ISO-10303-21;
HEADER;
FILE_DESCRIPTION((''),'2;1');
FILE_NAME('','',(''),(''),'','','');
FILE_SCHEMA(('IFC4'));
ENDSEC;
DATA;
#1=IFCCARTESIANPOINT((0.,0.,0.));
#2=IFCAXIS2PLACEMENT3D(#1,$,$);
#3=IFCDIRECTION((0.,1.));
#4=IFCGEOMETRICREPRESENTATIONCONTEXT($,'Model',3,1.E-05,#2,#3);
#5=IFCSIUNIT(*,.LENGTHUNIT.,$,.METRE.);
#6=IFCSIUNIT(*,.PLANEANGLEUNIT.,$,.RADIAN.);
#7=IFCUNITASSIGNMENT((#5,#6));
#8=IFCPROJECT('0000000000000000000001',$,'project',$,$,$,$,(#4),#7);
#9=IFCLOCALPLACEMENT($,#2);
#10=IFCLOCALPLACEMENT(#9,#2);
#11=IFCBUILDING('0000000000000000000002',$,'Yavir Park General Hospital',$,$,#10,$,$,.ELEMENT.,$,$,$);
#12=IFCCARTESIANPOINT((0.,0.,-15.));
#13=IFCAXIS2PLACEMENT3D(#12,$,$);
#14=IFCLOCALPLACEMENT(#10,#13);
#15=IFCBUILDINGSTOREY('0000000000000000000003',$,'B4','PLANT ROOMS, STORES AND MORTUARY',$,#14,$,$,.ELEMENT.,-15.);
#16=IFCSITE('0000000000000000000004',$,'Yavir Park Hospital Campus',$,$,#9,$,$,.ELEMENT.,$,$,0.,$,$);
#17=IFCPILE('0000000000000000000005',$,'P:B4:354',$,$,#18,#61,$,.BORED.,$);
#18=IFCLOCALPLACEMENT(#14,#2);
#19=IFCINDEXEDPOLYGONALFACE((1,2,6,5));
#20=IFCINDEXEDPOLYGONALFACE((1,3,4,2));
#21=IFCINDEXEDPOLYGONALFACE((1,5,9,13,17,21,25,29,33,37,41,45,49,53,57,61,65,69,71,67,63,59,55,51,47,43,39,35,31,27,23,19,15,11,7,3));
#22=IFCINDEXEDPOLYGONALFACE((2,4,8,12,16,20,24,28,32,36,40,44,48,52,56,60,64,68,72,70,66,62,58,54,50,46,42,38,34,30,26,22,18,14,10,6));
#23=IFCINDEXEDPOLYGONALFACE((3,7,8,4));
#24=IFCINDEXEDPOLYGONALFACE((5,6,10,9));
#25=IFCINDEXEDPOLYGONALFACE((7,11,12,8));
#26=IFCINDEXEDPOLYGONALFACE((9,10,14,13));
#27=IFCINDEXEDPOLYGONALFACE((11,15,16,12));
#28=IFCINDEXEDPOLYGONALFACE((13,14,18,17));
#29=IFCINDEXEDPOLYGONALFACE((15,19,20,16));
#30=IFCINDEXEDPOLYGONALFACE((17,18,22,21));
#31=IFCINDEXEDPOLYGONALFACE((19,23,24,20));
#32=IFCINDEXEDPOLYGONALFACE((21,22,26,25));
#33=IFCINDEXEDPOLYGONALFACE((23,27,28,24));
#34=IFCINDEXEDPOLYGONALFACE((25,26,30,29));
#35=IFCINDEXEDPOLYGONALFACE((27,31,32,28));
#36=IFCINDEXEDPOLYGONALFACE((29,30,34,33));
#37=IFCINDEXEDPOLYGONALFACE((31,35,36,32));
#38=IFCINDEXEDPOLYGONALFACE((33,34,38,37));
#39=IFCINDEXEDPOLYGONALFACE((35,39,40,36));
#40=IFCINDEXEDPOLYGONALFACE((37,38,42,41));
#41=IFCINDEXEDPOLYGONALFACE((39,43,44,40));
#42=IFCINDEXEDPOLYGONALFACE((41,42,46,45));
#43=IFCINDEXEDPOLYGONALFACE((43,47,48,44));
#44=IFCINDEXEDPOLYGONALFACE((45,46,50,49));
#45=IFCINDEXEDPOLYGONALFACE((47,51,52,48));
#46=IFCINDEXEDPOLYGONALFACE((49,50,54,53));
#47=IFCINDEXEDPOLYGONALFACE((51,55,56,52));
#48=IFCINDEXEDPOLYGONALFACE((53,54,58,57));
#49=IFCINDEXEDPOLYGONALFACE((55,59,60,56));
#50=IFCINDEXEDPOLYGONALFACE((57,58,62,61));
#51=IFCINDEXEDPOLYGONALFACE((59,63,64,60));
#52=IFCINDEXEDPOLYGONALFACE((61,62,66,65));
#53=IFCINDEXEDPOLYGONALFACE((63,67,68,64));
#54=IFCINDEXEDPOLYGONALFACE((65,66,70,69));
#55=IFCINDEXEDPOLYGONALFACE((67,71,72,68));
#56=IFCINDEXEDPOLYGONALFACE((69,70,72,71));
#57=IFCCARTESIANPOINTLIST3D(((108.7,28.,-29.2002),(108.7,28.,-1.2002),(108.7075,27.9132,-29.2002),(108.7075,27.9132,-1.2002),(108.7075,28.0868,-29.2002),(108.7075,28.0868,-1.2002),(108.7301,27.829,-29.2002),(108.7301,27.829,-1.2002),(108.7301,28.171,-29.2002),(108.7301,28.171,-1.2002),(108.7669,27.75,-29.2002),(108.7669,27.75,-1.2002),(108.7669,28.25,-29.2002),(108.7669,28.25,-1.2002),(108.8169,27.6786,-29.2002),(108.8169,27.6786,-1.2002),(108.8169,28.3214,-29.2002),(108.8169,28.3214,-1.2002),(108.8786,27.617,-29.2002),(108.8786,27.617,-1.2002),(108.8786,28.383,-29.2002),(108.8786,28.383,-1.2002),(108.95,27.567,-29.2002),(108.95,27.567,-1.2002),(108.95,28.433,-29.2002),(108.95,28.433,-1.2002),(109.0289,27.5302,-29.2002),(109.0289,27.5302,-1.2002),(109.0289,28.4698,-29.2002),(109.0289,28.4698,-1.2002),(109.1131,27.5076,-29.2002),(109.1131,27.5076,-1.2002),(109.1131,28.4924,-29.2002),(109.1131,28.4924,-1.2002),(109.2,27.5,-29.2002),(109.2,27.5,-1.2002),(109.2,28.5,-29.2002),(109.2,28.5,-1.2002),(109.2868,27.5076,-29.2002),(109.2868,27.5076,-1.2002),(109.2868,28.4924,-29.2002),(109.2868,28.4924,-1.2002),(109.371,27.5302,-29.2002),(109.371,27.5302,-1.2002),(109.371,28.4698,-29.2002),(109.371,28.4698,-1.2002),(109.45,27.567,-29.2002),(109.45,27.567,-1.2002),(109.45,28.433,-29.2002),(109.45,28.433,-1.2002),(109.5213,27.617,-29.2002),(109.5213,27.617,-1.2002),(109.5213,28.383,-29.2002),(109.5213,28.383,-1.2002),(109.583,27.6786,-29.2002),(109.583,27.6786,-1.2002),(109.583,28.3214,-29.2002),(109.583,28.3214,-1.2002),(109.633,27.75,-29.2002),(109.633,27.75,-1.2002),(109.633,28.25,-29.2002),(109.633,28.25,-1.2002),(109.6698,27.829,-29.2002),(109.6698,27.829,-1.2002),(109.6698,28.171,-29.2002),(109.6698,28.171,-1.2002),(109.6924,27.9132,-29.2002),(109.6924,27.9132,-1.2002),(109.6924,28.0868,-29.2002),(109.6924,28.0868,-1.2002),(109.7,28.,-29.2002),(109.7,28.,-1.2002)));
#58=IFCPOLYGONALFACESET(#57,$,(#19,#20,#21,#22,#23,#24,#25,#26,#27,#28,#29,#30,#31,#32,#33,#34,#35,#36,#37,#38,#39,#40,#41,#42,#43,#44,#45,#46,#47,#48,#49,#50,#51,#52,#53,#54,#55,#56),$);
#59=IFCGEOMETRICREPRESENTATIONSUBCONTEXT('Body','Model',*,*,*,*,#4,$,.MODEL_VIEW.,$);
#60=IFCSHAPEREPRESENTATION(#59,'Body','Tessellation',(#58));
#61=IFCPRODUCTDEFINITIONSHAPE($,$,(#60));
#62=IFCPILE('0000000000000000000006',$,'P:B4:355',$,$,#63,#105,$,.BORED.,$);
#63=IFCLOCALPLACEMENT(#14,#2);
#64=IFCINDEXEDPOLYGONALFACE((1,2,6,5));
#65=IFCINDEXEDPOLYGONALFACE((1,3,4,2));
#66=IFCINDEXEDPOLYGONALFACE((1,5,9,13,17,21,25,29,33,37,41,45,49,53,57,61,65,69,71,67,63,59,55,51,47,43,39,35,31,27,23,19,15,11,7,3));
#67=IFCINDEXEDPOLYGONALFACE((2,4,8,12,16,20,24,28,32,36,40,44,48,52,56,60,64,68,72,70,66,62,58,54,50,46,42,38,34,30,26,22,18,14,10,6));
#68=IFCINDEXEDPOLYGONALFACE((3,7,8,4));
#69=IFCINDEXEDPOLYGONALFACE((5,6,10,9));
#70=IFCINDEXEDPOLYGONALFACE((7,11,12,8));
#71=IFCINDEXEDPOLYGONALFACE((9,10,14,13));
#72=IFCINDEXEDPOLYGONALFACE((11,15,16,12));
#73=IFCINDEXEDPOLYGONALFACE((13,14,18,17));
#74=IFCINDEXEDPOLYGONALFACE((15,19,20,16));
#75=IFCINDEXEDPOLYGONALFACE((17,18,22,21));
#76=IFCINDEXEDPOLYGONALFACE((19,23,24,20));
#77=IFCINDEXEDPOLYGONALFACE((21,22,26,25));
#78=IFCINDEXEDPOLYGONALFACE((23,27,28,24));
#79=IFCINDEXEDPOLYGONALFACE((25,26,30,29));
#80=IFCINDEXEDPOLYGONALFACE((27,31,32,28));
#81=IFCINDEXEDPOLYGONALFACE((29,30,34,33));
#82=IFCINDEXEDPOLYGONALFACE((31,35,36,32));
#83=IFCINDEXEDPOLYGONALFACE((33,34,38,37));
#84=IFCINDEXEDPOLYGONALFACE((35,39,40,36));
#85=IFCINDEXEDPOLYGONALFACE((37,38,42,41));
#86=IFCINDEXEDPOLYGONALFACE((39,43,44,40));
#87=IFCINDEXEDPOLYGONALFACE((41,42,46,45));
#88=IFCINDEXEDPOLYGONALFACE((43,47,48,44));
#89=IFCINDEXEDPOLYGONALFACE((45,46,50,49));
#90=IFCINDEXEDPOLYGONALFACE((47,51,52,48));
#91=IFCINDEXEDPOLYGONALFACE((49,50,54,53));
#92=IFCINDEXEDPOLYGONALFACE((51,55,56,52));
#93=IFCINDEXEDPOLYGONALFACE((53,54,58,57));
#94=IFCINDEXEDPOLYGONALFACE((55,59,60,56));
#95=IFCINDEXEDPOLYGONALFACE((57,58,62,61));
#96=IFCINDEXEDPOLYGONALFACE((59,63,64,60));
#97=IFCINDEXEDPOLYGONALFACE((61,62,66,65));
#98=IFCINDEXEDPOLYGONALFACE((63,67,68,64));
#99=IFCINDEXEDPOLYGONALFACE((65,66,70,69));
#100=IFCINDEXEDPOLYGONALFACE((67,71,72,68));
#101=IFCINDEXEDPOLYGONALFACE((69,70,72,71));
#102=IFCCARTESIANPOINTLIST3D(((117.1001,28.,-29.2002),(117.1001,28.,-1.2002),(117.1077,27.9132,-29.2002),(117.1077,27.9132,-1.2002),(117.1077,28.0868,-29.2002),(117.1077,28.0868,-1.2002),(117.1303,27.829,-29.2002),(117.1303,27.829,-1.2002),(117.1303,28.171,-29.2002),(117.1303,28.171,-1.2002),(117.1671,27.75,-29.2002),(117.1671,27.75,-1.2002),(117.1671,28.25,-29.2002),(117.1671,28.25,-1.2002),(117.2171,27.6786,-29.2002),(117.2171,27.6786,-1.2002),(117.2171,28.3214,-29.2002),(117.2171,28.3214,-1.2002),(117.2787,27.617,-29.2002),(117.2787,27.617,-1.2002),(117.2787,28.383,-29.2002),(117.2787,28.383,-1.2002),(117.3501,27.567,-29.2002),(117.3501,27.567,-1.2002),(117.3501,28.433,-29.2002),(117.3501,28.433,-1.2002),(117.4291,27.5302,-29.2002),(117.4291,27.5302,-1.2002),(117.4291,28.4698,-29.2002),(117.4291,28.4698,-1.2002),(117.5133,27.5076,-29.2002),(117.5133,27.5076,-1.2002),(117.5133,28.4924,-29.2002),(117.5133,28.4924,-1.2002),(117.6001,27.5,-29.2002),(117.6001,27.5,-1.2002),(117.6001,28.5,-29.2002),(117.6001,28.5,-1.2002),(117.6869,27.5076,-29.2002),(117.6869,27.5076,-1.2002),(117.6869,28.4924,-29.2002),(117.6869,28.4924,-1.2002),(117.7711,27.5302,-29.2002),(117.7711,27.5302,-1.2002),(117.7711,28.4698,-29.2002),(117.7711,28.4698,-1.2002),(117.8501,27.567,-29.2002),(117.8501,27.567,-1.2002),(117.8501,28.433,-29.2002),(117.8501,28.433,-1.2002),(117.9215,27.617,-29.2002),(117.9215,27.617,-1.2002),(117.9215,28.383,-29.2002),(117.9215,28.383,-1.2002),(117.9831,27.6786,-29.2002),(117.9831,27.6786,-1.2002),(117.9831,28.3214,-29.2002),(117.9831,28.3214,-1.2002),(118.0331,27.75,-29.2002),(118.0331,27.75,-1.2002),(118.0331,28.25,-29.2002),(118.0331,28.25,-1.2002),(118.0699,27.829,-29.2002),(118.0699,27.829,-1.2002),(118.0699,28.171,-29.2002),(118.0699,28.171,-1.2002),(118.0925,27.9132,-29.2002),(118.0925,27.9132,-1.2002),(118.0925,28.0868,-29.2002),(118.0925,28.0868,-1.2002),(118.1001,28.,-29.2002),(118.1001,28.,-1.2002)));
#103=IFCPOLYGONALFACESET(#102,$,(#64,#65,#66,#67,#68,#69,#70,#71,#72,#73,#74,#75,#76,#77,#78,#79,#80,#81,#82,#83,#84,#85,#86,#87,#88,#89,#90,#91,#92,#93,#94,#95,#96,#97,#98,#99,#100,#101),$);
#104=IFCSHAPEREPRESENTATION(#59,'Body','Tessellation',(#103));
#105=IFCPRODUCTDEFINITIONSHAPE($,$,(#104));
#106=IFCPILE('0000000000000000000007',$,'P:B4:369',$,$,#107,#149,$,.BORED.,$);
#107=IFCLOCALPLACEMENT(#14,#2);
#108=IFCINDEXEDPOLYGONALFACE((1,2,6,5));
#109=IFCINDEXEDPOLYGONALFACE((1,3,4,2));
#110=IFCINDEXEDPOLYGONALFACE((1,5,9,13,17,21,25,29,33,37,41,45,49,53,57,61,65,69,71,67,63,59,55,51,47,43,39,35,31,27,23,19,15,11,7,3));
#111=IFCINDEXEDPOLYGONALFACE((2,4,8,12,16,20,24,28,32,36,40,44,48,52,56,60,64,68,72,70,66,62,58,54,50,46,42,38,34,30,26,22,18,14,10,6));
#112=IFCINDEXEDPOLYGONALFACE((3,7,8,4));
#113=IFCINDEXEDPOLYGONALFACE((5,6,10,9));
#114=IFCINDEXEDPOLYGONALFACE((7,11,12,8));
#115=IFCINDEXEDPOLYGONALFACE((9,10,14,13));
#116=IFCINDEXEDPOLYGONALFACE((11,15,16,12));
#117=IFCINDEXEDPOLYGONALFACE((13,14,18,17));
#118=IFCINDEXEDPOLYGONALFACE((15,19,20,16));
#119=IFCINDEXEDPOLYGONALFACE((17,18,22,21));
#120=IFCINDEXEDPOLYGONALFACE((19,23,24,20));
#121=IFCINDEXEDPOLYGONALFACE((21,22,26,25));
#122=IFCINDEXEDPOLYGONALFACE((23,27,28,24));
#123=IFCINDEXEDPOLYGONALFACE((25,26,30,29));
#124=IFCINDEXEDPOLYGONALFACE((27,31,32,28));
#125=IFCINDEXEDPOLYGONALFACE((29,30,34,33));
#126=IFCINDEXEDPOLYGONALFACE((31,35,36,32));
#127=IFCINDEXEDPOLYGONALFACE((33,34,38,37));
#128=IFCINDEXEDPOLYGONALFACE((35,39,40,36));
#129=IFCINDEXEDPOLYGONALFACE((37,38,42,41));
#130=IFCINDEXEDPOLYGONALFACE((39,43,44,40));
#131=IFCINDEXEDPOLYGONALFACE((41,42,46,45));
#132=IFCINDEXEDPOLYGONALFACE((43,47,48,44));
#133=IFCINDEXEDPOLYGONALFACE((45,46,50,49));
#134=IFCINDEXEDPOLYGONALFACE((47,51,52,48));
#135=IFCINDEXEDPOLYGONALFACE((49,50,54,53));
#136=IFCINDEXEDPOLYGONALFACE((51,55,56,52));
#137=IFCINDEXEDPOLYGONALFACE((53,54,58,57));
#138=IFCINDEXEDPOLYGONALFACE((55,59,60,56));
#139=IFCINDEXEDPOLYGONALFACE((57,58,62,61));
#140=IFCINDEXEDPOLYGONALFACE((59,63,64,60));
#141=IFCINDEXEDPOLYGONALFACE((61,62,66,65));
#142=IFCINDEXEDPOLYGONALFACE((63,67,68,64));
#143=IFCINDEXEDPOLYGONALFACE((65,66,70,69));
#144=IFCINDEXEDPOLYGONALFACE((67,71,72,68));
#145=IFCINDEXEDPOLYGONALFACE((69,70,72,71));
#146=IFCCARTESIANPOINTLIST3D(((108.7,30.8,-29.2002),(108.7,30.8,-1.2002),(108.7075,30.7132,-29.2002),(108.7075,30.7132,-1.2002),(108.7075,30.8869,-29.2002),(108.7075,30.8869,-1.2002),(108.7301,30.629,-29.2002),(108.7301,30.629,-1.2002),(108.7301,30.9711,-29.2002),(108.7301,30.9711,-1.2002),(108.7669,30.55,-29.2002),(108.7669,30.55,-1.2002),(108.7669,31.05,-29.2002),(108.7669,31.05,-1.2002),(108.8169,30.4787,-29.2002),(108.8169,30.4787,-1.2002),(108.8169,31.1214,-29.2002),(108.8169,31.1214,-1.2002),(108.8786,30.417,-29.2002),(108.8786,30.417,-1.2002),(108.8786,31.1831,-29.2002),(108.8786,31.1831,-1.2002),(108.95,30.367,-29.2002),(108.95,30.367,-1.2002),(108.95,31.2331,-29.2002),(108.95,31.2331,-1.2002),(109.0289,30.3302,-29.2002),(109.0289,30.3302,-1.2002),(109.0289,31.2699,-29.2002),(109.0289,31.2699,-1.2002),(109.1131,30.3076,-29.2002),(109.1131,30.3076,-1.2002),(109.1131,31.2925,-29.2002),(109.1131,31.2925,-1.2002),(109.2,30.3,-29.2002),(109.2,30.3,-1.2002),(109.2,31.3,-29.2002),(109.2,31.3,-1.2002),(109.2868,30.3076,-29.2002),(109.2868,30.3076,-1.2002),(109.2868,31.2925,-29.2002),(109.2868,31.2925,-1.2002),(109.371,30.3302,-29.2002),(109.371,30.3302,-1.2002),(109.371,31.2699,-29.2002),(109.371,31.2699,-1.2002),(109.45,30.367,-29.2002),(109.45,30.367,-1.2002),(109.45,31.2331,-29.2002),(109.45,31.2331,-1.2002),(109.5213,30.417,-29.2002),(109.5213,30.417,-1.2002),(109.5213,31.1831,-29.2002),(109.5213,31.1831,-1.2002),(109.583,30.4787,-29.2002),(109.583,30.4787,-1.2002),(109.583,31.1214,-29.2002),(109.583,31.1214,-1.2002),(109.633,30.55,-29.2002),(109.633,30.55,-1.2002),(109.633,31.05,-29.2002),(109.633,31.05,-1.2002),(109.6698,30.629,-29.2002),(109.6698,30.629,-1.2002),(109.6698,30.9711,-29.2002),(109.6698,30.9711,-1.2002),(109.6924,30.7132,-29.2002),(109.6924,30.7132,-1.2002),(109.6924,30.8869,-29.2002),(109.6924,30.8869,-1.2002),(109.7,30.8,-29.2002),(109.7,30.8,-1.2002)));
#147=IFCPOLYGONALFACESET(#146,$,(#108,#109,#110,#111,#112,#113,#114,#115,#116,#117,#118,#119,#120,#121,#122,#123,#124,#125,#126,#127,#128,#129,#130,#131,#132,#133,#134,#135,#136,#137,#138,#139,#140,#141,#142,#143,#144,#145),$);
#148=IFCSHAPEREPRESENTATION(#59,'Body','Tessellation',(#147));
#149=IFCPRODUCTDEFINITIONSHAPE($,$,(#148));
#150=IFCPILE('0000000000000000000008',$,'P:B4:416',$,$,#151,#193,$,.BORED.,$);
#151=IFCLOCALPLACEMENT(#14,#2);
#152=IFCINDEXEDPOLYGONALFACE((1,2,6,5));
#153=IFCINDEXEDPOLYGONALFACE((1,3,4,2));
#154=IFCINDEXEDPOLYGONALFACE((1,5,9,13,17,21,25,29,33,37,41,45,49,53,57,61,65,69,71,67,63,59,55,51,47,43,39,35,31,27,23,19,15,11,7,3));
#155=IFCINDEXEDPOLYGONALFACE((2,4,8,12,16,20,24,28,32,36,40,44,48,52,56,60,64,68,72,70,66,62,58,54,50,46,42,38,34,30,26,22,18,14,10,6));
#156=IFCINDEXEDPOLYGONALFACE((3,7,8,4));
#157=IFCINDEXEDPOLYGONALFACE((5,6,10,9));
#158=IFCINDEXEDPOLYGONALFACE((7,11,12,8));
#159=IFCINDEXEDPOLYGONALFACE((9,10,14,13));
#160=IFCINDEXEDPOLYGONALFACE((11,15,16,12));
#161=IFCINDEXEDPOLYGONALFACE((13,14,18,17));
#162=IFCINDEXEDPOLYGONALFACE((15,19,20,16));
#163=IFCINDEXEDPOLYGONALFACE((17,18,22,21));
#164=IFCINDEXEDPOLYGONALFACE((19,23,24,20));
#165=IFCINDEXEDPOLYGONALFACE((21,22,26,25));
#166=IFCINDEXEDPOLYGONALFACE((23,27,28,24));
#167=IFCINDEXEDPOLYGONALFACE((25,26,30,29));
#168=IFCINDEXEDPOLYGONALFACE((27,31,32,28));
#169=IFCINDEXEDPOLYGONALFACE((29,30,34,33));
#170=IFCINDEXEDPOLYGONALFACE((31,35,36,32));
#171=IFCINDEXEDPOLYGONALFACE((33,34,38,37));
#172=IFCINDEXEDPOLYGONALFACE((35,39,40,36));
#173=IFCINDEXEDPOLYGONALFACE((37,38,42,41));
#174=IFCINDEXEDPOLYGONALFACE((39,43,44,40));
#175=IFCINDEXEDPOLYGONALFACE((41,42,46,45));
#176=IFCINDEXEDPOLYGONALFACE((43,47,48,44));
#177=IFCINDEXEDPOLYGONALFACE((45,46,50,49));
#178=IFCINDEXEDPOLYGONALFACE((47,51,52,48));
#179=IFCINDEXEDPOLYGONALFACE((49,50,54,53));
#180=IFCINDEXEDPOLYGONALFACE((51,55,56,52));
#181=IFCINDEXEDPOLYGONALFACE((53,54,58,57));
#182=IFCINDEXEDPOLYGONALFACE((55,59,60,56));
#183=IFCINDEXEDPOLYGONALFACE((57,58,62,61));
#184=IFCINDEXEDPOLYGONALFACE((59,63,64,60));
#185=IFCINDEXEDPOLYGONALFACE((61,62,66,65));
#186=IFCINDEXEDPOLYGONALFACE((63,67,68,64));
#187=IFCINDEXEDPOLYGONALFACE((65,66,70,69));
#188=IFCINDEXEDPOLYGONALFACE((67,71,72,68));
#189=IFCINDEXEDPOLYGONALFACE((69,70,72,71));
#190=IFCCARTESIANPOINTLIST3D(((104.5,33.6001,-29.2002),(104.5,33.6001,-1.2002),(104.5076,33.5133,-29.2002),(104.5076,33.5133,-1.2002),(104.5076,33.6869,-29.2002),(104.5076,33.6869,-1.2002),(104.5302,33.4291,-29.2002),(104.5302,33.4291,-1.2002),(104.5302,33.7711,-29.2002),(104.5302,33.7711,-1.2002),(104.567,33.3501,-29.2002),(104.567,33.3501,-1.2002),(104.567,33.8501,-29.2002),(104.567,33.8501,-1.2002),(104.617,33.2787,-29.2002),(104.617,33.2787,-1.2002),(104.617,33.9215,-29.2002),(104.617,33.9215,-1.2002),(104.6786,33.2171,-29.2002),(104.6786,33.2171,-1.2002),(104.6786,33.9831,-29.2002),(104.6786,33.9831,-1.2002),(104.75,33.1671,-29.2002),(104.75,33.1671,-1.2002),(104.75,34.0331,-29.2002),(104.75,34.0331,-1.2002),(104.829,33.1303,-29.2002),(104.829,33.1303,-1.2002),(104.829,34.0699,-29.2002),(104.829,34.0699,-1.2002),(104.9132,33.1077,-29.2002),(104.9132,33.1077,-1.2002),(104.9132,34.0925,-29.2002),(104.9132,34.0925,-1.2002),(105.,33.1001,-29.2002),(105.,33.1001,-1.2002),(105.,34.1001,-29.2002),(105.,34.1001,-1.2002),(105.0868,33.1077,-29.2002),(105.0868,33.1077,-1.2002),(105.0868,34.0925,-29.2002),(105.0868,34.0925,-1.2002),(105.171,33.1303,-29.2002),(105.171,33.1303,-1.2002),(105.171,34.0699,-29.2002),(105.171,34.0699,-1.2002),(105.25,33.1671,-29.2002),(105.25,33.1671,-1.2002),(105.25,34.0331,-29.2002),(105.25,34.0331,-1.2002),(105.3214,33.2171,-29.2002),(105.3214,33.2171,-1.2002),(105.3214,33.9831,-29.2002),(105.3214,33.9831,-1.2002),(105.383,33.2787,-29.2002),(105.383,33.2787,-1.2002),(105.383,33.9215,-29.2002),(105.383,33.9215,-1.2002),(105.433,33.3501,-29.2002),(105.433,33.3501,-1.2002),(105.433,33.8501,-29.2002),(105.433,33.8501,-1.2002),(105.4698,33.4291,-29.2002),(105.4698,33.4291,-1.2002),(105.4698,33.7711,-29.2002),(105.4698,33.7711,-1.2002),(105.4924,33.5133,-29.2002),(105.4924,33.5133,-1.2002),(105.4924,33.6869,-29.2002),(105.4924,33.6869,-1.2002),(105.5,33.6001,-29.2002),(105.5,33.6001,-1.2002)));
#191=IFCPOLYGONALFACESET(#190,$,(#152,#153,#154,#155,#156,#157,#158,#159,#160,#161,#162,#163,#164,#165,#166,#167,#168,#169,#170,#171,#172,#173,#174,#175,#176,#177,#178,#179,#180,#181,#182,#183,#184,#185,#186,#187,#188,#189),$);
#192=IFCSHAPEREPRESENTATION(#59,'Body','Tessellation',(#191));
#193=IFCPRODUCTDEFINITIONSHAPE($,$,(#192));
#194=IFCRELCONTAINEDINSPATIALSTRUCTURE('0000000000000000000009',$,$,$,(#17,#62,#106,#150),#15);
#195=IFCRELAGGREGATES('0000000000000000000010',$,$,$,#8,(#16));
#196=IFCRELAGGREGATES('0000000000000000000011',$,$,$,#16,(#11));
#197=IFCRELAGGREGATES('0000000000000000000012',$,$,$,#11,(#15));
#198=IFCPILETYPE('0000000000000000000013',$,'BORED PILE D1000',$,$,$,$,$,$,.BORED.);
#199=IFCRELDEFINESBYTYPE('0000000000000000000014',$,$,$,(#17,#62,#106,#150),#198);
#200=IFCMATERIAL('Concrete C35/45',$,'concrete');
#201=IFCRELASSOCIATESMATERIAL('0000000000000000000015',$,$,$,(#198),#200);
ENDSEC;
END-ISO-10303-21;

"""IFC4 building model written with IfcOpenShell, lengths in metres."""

from ifc_helpers import new_model, si_unit, direction, frame, origin, origin_2d, place, context, subcontext, project, spatial, circle, extrude, material, material_profile, profile_set, type_object, element, save


model = new_model("IFC4")

# Units and contexts
model_context = context("Model", 3, precision=1e-05, world=origin(), true_north=direction((0.0, 1.0)))
body_context = subcontext(model_context, "Body", "Model", "MODEL_VIEW")
ifc_project = project(units=[si_unit("LENGTHUNIT", "METRE"), si_unit("PLANEANGLEUNIT", "RADIAN")], contexts=[model_context])

# Site, building, storey
site_placement = place(None, origin())
site = spatial("IfcSite", under=ifc_project, at=site_placement, Name="Yavir Park Hospital Campus", CompositionType="ELEMENT", RefElevation=0.0)
building_placement = place(site_placement, origin())
building = spatial("IfcBuilding", under=site, at=building_placement, Name="Yavir Park General Hospital", CompositionType="ELEMENT")
storey_placement = place(building_placement, frame((0.0, 0.0, -15.0)))
storey = spatial("IfcBuildingStorey", under=building, at=storey_placement, Name="B4", Description="PLANT ROOMS, STORES AND MORTUARY", CompositionType="ELEMENT", Elevation=-15.0)

# Piles
ifc_material_1 = material(Name="Concrete C35/45", Category="concrete")
ifc_material_profile_1 = material_profile(ifc_material_1, circle(Radius=0.5, at=origin_2d()), Name="D1000")
ifc_profile_set_1 = profile_set([ifc_material_profile_1], Name="Concrete C35/45")
pile_type_1 = type_object("IfcPileType", Name="BORED PILE D1000", PredefinedType="BORED", material=ifc_profile_set_1)
for number, where, z_axis, x_axis, name in (
    (1, (109.2, 28.0, -1.2002), (0.0, 0.0, -1.0), (1.0, 0.0, 0.0), "P:B4:354"),
    (2, (117.6001, 28.0, -1.2002), (0.0, 0.0, -1.0), (1.0, 0.0, 0.0), "P:B4:355"),
    (3, (109.2, 30.8, -1.2002), (0.0, 0.0, -1.0), (1.0, 0.0, 0.0), "P:B4:369"),
    (4, (105.0, 33.6001, -1.2002), (0.0, 0.0, -1.0), (1.0, 0.0, 0.0), "P:B4:416"),
):
    element("IfcPile", number, at=place(storey_placement, frame(where, z_axis=z_axis, x_axis=x_axis)), inside=storey, type_object=pile_type_1, Name=name, PredefinedType="BORED", context=body_context, shape_type="SweptSolid", body=[
        extrude(circle(Radius=0.5, at=origin_2d()), origin(), (0.0, 0.0, 1.0), 28.0),
    ])

save(model, "model.ifc")
